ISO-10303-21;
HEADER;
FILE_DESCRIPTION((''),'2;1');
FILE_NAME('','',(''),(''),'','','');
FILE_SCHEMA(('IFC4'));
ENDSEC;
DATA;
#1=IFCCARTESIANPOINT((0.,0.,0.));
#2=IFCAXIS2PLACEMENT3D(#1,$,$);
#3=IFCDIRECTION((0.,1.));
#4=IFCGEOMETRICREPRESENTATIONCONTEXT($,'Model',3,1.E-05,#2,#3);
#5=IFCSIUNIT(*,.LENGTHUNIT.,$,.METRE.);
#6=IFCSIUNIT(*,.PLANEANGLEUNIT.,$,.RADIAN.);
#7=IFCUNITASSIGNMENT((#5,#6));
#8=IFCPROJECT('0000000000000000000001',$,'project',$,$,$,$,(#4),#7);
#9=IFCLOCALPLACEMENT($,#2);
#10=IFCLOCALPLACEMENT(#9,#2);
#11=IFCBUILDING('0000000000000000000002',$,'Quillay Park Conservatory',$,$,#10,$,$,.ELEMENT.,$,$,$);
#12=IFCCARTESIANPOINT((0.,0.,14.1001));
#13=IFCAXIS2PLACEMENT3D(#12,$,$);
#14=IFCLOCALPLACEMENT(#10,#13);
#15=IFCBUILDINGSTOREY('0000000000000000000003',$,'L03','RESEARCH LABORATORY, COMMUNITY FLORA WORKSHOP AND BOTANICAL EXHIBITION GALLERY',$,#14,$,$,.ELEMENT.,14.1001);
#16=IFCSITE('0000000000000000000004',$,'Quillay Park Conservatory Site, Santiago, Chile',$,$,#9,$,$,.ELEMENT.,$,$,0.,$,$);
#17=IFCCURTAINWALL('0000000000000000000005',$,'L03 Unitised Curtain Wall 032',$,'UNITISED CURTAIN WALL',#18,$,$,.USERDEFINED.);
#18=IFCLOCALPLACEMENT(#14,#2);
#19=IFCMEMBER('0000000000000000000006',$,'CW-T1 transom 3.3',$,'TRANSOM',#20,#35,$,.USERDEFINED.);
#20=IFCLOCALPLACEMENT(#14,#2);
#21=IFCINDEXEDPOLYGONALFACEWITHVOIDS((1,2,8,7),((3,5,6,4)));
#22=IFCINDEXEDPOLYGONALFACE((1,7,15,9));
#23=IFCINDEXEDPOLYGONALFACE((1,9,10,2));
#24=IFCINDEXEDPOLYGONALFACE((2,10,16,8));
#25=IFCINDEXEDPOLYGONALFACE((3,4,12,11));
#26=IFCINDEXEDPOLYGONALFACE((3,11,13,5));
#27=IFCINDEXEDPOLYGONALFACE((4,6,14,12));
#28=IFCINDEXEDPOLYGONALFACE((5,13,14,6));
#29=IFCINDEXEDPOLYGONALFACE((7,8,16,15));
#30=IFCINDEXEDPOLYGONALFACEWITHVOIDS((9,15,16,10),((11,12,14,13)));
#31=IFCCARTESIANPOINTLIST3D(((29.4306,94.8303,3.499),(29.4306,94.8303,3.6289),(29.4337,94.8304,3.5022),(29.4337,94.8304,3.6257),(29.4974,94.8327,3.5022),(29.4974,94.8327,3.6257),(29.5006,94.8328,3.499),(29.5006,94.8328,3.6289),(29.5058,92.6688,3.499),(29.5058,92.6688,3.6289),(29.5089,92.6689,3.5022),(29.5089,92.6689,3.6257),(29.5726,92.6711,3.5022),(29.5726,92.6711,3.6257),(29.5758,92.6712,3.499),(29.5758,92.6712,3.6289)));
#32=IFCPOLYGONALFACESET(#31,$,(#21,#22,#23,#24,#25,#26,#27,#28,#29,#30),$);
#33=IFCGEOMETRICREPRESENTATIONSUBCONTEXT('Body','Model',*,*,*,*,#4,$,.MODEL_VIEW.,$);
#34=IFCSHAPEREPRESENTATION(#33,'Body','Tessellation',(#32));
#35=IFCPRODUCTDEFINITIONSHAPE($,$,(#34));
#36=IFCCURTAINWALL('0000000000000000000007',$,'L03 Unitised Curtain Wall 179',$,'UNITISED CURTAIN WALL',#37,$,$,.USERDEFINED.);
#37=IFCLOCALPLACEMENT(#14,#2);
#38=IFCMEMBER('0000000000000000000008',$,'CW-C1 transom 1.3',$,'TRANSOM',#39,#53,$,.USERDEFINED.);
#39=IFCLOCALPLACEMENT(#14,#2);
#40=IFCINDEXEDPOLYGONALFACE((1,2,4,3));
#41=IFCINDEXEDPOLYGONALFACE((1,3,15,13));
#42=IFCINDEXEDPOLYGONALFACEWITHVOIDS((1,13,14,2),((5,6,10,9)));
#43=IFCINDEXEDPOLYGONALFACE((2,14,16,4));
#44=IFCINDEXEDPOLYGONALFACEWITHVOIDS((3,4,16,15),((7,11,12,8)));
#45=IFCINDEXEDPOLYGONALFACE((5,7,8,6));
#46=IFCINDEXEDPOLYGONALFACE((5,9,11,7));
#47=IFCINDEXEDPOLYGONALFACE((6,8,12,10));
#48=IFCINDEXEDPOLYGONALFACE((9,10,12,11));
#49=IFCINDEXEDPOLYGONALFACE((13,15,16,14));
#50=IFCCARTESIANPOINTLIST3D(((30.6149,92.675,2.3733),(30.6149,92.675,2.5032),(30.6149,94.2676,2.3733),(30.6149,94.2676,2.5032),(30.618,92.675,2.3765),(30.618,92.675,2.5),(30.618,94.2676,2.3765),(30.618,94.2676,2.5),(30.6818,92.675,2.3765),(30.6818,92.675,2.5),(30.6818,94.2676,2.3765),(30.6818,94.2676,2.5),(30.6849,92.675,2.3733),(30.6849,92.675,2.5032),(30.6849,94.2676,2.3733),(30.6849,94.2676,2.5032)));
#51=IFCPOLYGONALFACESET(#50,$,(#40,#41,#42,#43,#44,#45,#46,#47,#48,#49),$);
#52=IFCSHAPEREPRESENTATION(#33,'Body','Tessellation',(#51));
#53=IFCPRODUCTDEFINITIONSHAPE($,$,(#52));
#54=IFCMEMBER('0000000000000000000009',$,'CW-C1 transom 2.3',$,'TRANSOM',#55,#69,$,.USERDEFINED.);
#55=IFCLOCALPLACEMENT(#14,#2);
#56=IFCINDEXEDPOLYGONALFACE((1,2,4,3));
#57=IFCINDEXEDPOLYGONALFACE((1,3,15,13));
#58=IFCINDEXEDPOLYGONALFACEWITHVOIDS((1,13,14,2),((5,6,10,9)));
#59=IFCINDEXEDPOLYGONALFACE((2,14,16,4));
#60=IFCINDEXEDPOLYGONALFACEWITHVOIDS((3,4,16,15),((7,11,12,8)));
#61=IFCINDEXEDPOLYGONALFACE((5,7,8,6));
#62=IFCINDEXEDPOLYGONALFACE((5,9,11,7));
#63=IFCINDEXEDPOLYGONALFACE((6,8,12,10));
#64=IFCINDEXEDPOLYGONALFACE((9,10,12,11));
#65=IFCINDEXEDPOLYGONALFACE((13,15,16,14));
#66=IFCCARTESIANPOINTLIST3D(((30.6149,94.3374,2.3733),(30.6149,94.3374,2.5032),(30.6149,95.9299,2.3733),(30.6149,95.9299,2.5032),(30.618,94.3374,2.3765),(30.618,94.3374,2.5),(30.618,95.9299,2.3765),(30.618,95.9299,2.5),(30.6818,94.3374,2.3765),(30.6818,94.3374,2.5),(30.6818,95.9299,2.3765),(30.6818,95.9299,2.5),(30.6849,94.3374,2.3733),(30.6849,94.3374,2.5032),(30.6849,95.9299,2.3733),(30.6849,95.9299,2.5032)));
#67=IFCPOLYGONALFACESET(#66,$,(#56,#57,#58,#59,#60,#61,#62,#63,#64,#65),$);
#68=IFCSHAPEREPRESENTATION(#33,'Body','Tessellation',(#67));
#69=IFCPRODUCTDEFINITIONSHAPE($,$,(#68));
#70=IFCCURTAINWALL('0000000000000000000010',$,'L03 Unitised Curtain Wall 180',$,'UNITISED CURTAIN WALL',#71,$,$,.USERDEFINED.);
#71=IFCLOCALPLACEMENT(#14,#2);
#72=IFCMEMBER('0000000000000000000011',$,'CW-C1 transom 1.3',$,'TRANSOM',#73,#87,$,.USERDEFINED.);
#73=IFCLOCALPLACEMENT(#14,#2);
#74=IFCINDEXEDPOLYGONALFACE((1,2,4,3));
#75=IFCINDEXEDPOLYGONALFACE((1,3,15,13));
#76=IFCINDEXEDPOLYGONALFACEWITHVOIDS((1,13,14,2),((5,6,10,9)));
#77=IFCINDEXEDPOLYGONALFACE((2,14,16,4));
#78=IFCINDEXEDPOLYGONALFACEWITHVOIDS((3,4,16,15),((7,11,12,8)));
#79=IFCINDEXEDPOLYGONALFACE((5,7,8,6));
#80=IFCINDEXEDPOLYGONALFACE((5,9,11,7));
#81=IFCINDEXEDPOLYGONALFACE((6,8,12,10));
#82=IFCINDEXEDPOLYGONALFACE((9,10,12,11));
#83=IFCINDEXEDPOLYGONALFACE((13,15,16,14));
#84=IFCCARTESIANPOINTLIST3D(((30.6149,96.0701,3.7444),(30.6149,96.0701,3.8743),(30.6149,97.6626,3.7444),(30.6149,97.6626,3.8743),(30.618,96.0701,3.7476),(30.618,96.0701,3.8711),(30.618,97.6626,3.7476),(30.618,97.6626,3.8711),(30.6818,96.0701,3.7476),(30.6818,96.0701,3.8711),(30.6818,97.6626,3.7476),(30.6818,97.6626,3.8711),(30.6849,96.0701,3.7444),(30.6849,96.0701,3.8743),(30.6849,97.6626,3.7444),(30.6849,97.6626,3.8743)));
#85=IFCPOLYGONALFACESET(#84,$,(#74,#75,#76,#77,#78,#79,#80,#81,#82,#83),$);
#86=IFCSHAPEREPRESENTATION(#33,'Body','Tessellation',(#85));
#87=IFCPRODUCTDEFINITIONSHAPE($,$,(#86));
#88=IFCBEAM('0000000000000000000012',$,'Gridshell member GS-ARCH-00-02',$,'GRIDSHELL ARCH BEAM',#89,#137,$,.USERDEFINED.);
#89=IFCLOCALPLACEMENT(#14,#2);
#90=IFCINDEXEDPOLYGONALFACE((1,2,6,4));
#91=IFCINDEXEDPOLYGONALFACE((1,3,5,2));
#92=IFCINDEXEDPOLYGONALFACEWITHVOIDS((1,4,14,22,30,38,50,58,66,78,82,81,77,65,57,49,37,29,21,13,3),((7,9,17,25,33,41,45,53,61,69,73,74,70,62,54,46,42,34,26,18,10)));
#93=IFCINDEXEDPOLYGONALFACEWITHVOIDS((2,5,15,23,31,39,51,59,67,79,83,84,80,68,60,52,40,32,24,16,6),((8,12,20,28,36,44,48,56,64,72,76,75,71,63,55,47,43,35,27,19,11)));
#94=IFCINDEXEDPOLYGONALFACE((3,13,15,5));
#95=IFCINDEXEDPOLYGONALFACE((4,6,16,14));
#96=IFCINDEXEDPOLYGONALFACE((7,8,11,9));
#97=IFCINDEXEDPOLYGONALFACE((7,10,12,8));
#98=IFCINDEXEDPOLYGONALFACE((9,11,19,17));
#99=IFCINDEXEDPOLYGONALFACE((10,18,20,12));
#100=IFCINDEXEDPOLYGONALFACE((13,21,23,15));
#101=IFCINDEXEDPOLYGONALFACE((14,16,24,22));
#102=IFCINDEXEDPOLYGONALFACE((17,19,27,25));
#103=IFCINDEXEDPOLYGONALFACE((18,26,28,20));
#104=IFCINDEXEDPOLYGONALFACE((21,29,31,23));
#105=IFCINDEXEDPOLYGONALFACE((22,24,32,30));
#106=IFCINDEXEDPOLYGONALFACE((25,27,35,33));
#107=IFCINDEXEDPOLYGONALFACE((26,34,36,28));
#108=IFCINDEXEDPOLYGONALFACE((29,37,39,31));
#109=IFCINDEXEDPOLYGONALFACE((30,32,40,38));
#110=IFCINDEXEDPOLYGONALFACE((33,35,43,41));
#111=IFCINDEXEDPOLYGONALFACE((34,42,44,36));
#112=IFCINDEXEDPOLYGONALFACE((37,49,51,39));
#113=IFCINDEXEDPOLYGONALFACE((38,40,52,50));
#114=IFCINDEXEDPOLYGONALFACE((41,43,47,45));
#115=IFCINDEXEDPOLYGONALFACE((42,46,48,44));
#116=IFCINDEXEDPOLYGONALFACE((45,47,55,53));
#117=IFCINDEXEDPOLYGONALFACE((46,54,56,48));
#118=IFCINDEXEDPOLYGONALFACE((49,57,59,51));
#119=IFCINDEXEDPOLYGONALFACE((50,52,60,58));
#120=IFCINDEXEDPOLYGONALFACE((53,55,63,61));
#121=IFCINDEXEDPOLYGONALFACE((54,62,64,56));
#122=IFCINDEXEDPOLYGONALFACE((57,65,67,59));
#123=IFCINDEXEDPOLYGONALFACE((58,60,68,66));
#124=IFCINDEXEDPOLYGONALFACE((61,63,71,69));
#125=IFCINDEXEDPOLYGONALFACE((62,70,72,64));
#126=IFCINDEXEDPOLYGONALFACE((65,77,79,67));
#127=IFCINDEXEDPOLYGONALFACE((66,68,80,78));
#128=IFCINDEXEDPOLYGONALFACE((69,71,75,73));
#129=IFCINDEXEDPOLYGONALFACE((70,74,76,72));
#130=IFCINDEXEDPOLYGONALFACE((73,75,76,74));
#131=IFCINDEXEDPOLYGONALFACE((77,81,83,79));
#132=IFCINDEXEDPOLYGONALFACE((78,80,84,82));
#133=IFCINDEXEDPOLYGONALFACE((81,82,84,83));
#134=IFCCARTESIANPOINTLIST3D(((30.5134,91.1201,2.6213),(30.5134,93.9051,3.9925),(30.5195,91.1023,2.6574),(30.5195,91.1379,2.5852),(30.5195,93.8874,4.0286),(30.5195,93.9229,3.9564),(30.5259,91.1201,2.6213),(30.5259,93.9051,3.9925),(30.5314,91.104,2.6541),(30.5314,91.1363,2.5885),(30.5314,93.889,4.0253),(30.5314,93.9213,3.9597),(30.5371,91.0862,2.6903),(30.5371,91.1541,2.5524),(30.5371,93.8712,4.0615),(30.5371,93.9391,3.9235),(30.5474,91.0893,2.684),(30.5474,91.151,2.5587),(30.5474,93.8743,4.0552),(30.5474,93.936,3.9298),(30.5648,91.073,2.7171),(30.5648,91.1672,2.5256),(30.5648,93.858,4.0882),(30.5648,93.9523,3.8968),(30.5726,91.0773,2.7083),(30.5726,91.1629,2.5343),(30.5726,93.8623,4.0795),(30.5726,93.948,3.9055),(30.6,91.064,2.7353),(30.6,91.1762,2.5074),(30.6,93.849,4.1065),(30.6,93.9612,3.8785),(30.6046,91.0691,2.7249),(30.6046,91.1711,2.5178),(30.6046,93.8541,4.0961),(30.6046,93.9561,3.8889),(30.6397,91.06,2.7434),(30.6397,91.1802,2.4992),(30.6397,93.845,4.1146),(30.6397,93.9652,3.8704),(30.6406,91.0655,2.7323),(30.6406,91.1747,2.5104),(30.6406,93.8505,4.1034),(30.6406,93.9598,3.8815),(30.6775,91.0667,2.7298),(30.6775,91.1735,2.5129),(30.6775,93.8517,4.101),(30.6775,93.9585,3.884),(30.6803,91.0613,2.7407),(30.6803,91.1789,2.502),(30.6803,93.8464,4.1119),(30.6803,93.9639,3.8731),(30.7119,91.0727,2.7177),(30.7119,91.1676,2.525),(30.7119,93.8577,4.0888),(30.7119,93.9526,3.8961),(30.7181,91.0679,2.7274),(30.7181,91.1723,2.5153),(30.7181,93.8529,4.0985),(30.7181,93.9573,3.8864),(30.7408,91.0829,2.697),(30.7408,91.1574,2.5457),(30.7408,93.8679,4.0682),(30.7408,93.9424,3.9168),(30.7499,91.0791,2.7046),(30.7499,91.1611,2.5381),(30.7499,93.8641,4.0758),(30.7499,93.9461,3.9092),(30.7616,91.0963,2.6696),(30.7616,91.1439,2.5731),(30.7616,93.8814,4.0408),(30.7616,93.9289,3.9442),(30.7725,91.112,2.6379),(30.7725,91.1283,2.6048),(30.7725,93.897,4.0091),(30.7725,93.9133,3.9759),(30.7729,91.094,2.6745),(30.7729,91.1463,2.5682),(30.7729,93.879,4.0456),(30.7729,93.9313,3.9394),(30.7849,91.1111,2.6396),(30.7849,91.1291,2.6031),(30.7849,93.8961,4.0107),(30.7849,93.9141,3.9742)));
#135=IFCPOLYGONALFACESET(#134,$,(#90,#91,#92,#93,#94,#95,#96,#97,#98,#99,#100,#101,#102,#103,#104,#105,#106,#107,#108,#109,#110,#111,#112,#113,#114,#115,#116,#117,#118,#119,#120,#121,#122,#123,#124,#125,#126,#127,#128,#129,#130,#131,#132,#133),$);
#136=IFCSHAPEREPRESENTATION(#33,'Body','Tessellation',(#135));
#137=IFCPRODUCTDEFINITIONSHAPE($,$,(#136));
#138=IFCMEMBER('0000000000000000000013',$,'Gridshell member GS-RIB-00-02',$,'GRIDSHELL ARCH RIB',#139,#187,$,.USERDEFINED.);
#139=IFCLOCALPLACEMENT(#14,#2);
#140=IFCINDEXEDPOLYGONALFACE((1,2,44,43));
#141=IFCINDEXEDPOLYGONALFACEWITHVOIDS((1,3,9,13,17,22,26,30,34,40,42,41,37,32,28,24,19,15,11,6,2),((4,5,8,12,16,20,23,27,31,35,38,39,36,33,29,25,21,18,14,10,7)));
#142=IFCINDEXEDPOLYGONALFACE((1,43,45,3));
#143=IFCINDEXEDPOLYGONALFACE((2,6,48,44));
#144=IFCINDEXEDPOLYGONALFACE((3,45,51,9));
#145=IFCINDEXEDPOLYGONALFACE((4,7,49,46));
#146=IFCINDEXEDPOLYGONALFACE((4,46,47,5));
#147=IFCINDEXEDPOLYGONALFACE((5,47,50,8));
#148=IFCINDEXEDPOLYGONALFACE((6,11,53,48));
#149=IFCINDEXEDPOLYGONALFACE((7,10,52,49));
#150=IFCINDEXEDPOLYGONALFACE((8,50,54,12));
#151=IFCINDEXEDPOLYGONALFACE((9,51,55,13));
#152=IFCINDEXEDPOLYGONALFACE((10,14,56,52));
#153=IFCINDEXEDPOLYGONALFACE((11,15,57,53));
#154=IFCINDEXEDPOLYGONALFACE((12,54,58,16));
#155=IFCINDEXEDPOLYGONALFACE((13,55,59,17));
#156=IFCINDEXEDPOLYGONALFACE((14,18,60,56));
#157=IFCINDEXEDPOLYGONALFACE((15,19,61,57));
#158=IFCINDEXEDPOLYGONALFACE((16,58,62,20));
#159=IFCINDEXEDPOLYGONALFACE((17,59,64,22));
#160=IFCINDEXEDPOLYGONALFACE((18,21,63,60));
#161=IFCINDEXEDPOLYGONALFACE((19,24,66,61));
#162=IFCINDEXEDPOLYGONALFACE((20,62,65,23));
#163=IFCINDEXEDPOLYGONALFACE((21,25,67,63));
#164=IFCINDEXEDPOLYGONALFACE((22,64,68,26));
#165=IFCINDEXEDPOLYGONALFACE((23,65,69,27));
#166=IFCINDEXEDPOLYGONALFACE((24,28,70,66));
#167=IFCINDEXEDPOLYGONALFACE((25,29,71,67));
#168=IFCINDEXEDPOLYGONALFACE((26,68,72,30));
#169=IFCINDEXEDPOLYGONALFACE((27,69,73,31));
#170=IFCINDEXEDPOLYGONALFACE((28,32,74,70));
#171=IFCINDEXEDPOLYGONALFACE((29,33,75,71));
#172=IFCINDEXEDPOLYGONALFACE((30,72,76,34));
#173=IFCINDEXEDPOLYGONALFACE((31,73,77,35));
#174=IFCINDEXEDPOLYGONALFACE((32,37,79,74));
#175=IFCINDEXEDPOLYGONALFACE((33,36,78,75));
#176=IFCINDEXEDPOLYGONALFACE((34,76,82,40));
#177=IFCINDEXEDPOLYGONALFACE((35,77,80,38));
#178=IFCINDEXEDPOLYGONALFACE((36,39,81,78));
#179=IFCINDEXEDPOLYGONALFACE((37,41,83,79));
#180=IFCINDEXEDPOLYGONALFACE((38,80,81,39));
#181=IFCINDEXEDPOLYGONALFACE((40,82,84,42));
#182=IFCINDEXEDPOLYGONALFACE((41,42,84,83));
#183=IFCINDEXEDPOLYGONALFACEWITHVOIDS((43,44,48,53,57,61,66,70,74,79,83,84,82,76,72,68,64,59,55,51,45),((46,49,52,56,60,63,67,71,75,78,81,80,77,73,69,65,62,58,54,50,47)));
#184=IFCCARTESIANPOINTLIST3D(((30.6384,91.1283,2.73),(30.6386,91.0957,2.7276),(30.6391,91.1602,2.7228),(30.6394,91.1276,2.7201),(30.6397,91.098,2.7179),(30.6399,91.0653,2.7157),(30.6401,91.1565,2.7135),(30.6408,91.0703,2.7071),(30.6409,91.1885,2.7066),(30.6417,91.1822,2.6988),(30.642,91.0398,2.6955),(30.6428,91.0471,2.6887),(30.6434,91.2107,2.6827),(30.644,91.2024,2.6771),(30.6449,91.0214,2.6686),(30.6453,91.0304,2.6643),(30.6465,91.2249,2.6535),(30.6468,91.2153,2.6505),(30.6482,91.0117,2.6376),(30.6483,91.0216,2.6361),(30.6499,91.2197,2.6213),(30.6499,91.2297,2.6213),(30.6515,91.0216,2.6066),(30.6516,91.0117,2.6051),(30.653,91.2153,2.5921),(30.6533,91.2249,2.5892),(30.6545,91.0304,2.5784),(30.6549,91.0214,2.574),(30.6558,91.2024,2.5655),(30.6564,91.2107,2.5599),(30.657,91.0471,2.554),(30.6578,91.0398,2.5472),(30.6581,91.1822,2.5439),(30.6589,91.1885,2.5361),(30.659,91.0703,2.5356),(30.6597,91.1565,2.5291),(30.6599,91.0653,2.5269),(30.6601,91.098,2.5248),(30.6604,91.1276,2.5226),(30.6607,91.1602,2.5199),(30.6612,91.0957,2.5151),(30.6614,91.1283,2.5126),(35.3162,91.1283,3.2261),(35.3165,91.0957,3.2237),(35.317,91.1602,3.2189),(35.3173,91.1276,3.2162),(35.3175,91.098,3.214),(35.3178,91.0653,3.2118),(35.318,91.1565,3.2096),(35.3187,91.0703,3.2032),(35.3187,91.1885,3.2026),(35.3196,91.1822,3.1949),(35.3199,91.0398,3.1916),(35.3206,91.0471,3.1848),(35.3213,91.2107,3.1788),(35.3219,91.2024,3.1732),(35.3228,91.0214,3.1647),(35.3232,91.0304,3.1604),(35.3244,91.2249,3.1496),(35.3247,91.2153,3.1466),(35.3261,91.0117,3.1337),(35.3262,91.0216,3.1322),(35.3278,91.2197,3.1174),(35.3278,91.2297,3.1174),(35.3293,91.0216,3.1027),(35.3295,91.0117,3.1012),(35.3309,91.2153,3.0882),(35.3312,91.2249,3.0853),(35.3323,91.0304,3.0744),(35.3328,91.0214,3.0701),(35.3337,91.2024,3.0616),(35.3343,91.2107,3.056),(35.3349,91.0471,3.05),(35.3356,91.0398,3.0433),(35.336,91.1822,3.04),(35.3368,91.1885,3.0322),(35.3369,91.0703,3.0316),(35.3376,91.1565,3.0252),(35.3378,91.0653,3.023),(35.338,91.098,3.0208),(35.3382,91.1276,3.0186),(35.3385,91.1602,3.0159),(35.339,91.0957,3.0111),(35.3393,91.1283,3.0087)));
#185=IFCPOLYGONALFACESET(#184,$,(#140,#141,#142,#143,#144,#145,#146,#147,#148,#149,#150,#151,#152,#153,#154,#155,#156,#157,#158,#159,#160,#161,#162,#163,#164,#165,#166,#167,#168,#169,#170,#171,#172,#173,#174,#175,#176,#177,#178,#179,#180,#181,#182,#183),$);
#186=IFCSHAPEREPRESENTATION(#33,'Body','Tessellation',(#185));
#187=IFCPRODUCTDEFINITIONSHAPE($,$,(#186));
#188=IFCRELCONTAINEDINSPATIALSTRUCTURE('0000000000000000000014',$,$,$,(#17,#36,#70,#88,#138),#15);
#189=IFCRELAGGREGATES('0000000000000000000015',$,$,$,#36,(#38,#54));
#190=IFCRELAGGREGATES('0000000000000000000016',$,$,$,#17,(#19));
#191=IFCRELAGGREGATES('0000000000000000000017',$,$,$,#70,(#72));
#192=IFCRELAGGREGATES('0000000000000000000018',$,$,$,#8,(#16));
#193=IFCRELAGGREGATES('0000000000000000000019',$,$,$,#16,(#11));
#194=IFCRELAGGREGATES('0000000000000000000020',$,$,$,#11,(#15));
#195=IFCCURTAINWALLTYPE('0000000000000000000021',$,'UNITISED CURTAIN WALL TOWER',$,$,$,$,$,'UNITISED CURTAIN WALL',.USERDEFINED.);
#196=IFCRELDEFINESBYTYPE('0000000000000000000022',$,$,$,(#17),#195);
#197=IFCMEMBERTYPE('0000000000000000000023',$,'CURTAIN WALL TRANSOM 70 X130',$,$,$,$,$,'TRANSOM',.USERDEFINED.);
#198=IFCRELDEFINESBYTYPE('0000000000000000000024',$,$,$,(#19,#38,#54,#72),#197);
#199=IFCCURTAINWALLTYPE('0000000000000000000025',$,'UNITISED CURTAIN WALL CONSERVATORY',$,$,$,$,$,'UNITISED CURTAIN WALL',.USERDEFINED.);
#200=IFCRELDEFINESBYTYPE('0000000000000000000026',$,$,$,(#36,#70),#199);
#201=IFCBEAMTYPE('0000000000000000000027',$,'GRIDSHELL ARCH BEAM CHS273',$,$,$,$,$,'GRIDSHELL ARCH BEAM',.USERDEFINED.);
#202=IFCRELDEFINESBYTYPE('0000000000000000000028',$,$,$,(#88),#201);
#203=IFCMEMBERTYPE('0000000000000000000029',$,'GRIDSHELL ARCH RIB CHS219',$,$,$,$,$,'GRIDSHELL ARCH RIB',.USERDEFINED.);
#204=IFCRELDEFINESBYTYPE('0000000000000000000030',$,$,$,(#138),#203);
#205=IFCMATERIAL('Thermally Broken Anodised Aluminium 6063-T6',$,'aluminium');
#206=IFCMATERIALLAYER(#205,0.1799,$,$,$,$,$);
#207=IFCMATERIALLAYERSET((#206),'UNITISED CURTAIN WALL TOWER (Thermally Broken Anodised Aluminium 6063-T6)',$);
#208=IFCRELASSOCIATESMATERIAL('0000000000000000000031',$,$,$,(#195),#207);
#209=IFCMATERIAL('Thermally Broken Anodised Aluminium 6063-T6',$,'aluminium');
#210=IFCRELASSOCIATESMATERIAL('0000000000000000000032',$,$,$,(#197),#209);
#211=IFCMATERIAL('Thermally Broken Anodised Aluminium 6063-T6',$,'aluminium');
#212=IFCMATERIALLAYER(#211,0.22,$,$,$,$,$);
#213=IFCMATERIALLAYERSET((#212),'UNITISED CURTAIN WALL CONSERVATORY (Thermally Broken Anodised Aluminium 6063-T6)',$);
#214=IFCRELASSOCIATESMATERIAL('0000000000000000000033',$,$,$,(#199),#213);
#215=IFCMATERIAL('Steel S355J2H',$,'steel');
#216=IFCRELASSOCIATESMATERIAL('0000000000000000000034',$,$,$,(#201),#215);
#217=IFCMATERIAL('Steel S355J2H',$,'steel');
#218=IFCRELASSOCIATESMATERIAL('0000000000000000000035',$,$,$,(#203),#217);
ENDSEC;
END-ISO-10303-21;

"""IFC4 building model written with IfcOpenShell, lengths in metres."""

from ifc_helpers import new_model, si_unit, direction, frame, origin, origin_2d, place, context, subcontext, project, spatial, hollow_rectangle, hollow_circle, extrude, material, layer, layer_set, material_profile, profile_set, type_object, element, aggregate, save


model = new_model("IFC4")

# Units and contexts
model_context = context("Model", 3, precision=1e-05, world=origin(), true_north=direction((0.0, 1.0)))
body_context = subcontext(model_context, "Body", "Model", "MODEL_VIEW")
ifc_project = project(units=[si_unit("LENGTHUNIT", "METRE"), si_unit("PLANEANGLEUNIT", "RADIAN")], contexts=[model_context])

# Site, building, storey
site_placement = place(None, origin())
site = spatial("IfcSite", under=ifc_project, at=site_placement, Name="Quillay Park Conservatory Site, Santiago, Chile", CompositionType="ELEMENT", RefElevation=0.0)
building_placement = place(site_placement, origin())
building = spatial("IfcBuilding", under=site, at=building_placement, Name="Quillay Park Conservatory", CompositionType="ELEMENT")
storey_placement = place(building_placement, frame((0.0, 0.0, 14.1001)))
storey = spatial("IfcBuildingStorey", under=building, at=storey_placement, Name="L03", Description="RESEARCH LABORATORY, COMMUNITY FLORA WORKSHOP AND BOTANICAL EXHIBITION GALLERY", CompositionType="ELEMENT", Elevation=14.1001)

# Shared definitions
ifc_material_1 = material(Name="Thermally Broken Anodised Aluminium 6063-T6", Category="aluminium")
ifc_layer_1 = layer(ifc_material_1, 0.1799)
ifc_layer_set_1 = layer_set([ifc_layer_1], Name="UNITISED CURTAIN WALL TOWER (Thermally Broken Anodised Aluminium 6063-T6)")
curtain_wall_type_1 = type_object("IfcCurtainWallType", Name="UNITISED CURTAIN WALL TOWER", ElementType="UNITISED CURTAIN WALL", PredefinedType="USERDEFINED", material=ifc_layer_set_1)

# Curtain wall
curtain_wall_1_placement = place(storey_placement, origin())
curtain_wall_1 = element("IfcCurtainWall", 1, at=curtain_wall_1_placement, inside=storey, type_object=curtain_wall_type_1, Name="L03 Unitised Curtain Wall 032", ObjectType="UNITISED CURTAIN WALL", PredefinedType="USERDEFINED")

# Member
ifc_material_2 = material(Name="Thermally Broken Anodised Aluminium 6063-T6", Category="aluminium")
ifc_material_profile_1 = material_profile(ifc_material_2, hollow_rectangle(XDim=0.0701, YDim=0.1299, WallThickness=0.0032, at=origin_2d()), Name="AL70x130x3.2")
ifc_profile_set_1 = profile_set([ifc_material_profile_1], Name="Thermally Broken Anodised Aluminium 6063-T6")
member_type_1 = type_object("IfcMemberType", Name="CURTAIN WALL TRANSOM 70 X130", ElementType="TRANSOM", PredefinedType="USERDEFINED", material=ifc_profile_set_1)
member_1_placement = place(storey_placement, frame((29.4656, 94.8315, 3.564), z_axis=(0.034766, -0.999395, 0.0), x_axis=(0.999395, 0.034766, 0.0)))
member_1 = element("IfcMember", 2, at=member_1_placement, type_object=member_type_1, Name="CW-T1 transom 3.3", ObjectType="TRANSOM", PredefinedType="USERDEFINED", context=body_context, shape_type="SweptSolid", body=[
    extrude(hollow_rectangle(XDim=0.0701, YDim=0.1299, WallThickness=0.0032, at=origin_2d()), origin(), (0.0, 0.0, 1.0), 2.1628),
])

# Curtain wall, members
ifc_material_3 = material(Name="Thermally Broken Anodised Aluminium 6063-T6", Category="aluminium")
ifc_layer_2 = layer(ifc_material_3, 0.22)
ifc_layer_set_2 = layer_set([ifc_layer_2], Name="UNITISED CURTAIN WALL CONSERVATORY (Thermally Broken Anodised Aluminium 6063-T6)")
curtain_wall_type_2 = type_object("IfcCurtainWallType", Name="UNITISED CURTAIN WALL CONSERVATORY", ElementType="UNITISED CURTAIN WALL", PredefinedType="USERDEFINED", material=ifc_layer_set_2)
curtain_wall_2_placement = place(storey_placement, origin())
curtain_wall_2 = element("IfcCurtainWall", 3, at=curtain_wall_2_placement, inside=storey, type_object=curtain_wall_type_2, Name="L03 Unitised Curtain Wall 179", ObjectType="UNITISED CURTAIN WALL", PredefinedType="USERDEFINED")
member_2_placement = place(storey_placement, frame((30.6499, 92.675, 2.4382), z_axis=(0.0, 1.0, 0.0), x_axis=(-1.0, 0.0, 0.0)))
member_2 = element("IfcMember", 4, at=member_2_placement, type_object=member_type_1, Name="CW-C1 transom 1.3", ObjectType="TRANSOM", PredefinedType="USERDEFINED", context=body_context, shape_type="SweptSolid", body=[
    extrude(hollow_rectangle(XDim=0.0701, YDim=0.1299, WallThickness=0.0032, at=origin_2d()), origin(), (0.0, 0.0, 1.0), 1.5925),
])
member_3_placement = place(storey_placement, frame((30.6499, 94.3374, 2.4382), z_axis=(0.0, 1.0, 0.0), x_axis=(-1.0, 0.0, 0.0)))
member_3 = element("IfcMember", 5, at=member_3_placement, type_object=member_type_1, Name="CW-C1 transom 2.3", ObjectType="TRANSOM", PredefinedType="USERDEFINED", context=body_context, shape_type="SweptSolid", body=[
    extrude(hollow_rectangle(XDim=0.0701, YDim=0.1299, WallThickness=0.0032, at=origin_2d()), origin(), (0.0, 0.0, 1.0), 1.5925),
])
aggregate(curtain_wall_2, [member_2, member_3])

# Curtain wall, member
curtain_wall_3_placement = place(storey_placement, origin())
curtain_wall_3 = element("IfcCurtainWall", 6, at=curtain_wall_3_placement, inside=storey, type_object=curtain_wall_type_2, Name="L03 Unitised Curtain Wall 180", ObjectType="UNITISED CURTAIN WALL", PredefinedType="USERDEFINED")
member_4_placement = place(storey_placement, frame((30.6499, 96.0701, 3.8093), z_axis=(0.0, 1.0, 0.0), x_axis=(-1.0, 0.0, 0.0)))
member_4 = element("IfcMember", 7, at=member_4_placement, type_object=member_type_1, Name="CW-C1 transom 1.3", ObjectType="TRANSOM", PredefinedType="USERDEFINED", context=body_context, shape_type="SweptSolid", body=[
    extrude(hollow_rectangle(XDim=0.0701, YDim=0.1299, WallThickness=0.0032, at=origin_2d()), origin(), (0.0, 0.0, 1.0), 1.5925),
])

# Beam
ifc_material_4 = material(Name="Steel S355J2H", Category="steel")
ifc_material_profile_2 = material_profile(ifc_material_4, hollow_circle(Radius=0.1365, WallThickness=0.0125, at=origin_2d()), Name="CHS273x12.5")
ifc_profile_set_2 = profile_set([ifc_material_profile_2], Name="Steel S355J2H")
beam_type = type_object("IfcBeamType", Name="GRIDSHELL ARCH BEAM CHS273", ElementType="GRIDSHELL ARCH BEAM", PredefinedType="USERDEFINED", material=ifc_profile_set_2)
beam_placement = place(storey_placement, frame((30.6499, 91.1201, 2.6213), z_axis=(0.0, 0.897163, 0.4417), x_axis=(-1.0, 0.0, 0.0)))
element("IfcBeam", 8, at=beam_placement, inside=storey, type_object=beam_type, Name="Gridshell member GS-ARCH-00-02", ObjectType="GRIDSHELL ARCH BEAM", PredefinedType="USERDEFINED", context=body_context, shape_type="SweptSolid", body=[
    extrude(hollow_circle(Radius=0.1365, WallThickness=0.0125, at=origin_2d()), origin(), (0.0, 0.0, 1.0), 3.1042),
])

# Member
ifc_material_5 = material(Name="Steel S355J2H", Category="steel")
ifc_material_profile_3 = material_profile(ifc_material_5, hollow_circle(Radius=0.1096, WallThickness=0.01, at=origin_2d()), Name="CHS219.1x10")
ifc_profile_set_3 = profile_set([ifc_material_profile_3], Name="Steel S355J2H")
member_type_2 = type_object("IfcMemberType", Name="GRIDSHELL ARCH RIB CHS219", ElementType="GRIDSHELL ARCH RIB", PredefinedType="USERDEFINED", material=ifc_profile_set_3)
member_5_placement = place(storey_placement, frame((30.6499, 91.1201, 2.6213), z_axis=(0.994424, 0.0, 0.105457), x_axis=(0.0, 1.0, 0.0)))
element("IfcMember", 9, at=member_5_placement, inside=storey, type_object=member_type_2, Name="Gridshell member GS-RIB-00-02", ObjectType="GRIDSHELL ARCH RIB", PredefinedType="USERDEFINED", context=body_context, shape_type="SweptSolid", body=[
    extrude(hollow_circle(Radius=0.1096, WallThickness=0.01, at=origin_2d()), origin(), (0.0, 0.0, 1.0), 4.7041),
])

aggregate(curtain_wall_1, [member_1])
aggregate(curtain_wall_3, [member_4])

save(model, "model.ifc")
